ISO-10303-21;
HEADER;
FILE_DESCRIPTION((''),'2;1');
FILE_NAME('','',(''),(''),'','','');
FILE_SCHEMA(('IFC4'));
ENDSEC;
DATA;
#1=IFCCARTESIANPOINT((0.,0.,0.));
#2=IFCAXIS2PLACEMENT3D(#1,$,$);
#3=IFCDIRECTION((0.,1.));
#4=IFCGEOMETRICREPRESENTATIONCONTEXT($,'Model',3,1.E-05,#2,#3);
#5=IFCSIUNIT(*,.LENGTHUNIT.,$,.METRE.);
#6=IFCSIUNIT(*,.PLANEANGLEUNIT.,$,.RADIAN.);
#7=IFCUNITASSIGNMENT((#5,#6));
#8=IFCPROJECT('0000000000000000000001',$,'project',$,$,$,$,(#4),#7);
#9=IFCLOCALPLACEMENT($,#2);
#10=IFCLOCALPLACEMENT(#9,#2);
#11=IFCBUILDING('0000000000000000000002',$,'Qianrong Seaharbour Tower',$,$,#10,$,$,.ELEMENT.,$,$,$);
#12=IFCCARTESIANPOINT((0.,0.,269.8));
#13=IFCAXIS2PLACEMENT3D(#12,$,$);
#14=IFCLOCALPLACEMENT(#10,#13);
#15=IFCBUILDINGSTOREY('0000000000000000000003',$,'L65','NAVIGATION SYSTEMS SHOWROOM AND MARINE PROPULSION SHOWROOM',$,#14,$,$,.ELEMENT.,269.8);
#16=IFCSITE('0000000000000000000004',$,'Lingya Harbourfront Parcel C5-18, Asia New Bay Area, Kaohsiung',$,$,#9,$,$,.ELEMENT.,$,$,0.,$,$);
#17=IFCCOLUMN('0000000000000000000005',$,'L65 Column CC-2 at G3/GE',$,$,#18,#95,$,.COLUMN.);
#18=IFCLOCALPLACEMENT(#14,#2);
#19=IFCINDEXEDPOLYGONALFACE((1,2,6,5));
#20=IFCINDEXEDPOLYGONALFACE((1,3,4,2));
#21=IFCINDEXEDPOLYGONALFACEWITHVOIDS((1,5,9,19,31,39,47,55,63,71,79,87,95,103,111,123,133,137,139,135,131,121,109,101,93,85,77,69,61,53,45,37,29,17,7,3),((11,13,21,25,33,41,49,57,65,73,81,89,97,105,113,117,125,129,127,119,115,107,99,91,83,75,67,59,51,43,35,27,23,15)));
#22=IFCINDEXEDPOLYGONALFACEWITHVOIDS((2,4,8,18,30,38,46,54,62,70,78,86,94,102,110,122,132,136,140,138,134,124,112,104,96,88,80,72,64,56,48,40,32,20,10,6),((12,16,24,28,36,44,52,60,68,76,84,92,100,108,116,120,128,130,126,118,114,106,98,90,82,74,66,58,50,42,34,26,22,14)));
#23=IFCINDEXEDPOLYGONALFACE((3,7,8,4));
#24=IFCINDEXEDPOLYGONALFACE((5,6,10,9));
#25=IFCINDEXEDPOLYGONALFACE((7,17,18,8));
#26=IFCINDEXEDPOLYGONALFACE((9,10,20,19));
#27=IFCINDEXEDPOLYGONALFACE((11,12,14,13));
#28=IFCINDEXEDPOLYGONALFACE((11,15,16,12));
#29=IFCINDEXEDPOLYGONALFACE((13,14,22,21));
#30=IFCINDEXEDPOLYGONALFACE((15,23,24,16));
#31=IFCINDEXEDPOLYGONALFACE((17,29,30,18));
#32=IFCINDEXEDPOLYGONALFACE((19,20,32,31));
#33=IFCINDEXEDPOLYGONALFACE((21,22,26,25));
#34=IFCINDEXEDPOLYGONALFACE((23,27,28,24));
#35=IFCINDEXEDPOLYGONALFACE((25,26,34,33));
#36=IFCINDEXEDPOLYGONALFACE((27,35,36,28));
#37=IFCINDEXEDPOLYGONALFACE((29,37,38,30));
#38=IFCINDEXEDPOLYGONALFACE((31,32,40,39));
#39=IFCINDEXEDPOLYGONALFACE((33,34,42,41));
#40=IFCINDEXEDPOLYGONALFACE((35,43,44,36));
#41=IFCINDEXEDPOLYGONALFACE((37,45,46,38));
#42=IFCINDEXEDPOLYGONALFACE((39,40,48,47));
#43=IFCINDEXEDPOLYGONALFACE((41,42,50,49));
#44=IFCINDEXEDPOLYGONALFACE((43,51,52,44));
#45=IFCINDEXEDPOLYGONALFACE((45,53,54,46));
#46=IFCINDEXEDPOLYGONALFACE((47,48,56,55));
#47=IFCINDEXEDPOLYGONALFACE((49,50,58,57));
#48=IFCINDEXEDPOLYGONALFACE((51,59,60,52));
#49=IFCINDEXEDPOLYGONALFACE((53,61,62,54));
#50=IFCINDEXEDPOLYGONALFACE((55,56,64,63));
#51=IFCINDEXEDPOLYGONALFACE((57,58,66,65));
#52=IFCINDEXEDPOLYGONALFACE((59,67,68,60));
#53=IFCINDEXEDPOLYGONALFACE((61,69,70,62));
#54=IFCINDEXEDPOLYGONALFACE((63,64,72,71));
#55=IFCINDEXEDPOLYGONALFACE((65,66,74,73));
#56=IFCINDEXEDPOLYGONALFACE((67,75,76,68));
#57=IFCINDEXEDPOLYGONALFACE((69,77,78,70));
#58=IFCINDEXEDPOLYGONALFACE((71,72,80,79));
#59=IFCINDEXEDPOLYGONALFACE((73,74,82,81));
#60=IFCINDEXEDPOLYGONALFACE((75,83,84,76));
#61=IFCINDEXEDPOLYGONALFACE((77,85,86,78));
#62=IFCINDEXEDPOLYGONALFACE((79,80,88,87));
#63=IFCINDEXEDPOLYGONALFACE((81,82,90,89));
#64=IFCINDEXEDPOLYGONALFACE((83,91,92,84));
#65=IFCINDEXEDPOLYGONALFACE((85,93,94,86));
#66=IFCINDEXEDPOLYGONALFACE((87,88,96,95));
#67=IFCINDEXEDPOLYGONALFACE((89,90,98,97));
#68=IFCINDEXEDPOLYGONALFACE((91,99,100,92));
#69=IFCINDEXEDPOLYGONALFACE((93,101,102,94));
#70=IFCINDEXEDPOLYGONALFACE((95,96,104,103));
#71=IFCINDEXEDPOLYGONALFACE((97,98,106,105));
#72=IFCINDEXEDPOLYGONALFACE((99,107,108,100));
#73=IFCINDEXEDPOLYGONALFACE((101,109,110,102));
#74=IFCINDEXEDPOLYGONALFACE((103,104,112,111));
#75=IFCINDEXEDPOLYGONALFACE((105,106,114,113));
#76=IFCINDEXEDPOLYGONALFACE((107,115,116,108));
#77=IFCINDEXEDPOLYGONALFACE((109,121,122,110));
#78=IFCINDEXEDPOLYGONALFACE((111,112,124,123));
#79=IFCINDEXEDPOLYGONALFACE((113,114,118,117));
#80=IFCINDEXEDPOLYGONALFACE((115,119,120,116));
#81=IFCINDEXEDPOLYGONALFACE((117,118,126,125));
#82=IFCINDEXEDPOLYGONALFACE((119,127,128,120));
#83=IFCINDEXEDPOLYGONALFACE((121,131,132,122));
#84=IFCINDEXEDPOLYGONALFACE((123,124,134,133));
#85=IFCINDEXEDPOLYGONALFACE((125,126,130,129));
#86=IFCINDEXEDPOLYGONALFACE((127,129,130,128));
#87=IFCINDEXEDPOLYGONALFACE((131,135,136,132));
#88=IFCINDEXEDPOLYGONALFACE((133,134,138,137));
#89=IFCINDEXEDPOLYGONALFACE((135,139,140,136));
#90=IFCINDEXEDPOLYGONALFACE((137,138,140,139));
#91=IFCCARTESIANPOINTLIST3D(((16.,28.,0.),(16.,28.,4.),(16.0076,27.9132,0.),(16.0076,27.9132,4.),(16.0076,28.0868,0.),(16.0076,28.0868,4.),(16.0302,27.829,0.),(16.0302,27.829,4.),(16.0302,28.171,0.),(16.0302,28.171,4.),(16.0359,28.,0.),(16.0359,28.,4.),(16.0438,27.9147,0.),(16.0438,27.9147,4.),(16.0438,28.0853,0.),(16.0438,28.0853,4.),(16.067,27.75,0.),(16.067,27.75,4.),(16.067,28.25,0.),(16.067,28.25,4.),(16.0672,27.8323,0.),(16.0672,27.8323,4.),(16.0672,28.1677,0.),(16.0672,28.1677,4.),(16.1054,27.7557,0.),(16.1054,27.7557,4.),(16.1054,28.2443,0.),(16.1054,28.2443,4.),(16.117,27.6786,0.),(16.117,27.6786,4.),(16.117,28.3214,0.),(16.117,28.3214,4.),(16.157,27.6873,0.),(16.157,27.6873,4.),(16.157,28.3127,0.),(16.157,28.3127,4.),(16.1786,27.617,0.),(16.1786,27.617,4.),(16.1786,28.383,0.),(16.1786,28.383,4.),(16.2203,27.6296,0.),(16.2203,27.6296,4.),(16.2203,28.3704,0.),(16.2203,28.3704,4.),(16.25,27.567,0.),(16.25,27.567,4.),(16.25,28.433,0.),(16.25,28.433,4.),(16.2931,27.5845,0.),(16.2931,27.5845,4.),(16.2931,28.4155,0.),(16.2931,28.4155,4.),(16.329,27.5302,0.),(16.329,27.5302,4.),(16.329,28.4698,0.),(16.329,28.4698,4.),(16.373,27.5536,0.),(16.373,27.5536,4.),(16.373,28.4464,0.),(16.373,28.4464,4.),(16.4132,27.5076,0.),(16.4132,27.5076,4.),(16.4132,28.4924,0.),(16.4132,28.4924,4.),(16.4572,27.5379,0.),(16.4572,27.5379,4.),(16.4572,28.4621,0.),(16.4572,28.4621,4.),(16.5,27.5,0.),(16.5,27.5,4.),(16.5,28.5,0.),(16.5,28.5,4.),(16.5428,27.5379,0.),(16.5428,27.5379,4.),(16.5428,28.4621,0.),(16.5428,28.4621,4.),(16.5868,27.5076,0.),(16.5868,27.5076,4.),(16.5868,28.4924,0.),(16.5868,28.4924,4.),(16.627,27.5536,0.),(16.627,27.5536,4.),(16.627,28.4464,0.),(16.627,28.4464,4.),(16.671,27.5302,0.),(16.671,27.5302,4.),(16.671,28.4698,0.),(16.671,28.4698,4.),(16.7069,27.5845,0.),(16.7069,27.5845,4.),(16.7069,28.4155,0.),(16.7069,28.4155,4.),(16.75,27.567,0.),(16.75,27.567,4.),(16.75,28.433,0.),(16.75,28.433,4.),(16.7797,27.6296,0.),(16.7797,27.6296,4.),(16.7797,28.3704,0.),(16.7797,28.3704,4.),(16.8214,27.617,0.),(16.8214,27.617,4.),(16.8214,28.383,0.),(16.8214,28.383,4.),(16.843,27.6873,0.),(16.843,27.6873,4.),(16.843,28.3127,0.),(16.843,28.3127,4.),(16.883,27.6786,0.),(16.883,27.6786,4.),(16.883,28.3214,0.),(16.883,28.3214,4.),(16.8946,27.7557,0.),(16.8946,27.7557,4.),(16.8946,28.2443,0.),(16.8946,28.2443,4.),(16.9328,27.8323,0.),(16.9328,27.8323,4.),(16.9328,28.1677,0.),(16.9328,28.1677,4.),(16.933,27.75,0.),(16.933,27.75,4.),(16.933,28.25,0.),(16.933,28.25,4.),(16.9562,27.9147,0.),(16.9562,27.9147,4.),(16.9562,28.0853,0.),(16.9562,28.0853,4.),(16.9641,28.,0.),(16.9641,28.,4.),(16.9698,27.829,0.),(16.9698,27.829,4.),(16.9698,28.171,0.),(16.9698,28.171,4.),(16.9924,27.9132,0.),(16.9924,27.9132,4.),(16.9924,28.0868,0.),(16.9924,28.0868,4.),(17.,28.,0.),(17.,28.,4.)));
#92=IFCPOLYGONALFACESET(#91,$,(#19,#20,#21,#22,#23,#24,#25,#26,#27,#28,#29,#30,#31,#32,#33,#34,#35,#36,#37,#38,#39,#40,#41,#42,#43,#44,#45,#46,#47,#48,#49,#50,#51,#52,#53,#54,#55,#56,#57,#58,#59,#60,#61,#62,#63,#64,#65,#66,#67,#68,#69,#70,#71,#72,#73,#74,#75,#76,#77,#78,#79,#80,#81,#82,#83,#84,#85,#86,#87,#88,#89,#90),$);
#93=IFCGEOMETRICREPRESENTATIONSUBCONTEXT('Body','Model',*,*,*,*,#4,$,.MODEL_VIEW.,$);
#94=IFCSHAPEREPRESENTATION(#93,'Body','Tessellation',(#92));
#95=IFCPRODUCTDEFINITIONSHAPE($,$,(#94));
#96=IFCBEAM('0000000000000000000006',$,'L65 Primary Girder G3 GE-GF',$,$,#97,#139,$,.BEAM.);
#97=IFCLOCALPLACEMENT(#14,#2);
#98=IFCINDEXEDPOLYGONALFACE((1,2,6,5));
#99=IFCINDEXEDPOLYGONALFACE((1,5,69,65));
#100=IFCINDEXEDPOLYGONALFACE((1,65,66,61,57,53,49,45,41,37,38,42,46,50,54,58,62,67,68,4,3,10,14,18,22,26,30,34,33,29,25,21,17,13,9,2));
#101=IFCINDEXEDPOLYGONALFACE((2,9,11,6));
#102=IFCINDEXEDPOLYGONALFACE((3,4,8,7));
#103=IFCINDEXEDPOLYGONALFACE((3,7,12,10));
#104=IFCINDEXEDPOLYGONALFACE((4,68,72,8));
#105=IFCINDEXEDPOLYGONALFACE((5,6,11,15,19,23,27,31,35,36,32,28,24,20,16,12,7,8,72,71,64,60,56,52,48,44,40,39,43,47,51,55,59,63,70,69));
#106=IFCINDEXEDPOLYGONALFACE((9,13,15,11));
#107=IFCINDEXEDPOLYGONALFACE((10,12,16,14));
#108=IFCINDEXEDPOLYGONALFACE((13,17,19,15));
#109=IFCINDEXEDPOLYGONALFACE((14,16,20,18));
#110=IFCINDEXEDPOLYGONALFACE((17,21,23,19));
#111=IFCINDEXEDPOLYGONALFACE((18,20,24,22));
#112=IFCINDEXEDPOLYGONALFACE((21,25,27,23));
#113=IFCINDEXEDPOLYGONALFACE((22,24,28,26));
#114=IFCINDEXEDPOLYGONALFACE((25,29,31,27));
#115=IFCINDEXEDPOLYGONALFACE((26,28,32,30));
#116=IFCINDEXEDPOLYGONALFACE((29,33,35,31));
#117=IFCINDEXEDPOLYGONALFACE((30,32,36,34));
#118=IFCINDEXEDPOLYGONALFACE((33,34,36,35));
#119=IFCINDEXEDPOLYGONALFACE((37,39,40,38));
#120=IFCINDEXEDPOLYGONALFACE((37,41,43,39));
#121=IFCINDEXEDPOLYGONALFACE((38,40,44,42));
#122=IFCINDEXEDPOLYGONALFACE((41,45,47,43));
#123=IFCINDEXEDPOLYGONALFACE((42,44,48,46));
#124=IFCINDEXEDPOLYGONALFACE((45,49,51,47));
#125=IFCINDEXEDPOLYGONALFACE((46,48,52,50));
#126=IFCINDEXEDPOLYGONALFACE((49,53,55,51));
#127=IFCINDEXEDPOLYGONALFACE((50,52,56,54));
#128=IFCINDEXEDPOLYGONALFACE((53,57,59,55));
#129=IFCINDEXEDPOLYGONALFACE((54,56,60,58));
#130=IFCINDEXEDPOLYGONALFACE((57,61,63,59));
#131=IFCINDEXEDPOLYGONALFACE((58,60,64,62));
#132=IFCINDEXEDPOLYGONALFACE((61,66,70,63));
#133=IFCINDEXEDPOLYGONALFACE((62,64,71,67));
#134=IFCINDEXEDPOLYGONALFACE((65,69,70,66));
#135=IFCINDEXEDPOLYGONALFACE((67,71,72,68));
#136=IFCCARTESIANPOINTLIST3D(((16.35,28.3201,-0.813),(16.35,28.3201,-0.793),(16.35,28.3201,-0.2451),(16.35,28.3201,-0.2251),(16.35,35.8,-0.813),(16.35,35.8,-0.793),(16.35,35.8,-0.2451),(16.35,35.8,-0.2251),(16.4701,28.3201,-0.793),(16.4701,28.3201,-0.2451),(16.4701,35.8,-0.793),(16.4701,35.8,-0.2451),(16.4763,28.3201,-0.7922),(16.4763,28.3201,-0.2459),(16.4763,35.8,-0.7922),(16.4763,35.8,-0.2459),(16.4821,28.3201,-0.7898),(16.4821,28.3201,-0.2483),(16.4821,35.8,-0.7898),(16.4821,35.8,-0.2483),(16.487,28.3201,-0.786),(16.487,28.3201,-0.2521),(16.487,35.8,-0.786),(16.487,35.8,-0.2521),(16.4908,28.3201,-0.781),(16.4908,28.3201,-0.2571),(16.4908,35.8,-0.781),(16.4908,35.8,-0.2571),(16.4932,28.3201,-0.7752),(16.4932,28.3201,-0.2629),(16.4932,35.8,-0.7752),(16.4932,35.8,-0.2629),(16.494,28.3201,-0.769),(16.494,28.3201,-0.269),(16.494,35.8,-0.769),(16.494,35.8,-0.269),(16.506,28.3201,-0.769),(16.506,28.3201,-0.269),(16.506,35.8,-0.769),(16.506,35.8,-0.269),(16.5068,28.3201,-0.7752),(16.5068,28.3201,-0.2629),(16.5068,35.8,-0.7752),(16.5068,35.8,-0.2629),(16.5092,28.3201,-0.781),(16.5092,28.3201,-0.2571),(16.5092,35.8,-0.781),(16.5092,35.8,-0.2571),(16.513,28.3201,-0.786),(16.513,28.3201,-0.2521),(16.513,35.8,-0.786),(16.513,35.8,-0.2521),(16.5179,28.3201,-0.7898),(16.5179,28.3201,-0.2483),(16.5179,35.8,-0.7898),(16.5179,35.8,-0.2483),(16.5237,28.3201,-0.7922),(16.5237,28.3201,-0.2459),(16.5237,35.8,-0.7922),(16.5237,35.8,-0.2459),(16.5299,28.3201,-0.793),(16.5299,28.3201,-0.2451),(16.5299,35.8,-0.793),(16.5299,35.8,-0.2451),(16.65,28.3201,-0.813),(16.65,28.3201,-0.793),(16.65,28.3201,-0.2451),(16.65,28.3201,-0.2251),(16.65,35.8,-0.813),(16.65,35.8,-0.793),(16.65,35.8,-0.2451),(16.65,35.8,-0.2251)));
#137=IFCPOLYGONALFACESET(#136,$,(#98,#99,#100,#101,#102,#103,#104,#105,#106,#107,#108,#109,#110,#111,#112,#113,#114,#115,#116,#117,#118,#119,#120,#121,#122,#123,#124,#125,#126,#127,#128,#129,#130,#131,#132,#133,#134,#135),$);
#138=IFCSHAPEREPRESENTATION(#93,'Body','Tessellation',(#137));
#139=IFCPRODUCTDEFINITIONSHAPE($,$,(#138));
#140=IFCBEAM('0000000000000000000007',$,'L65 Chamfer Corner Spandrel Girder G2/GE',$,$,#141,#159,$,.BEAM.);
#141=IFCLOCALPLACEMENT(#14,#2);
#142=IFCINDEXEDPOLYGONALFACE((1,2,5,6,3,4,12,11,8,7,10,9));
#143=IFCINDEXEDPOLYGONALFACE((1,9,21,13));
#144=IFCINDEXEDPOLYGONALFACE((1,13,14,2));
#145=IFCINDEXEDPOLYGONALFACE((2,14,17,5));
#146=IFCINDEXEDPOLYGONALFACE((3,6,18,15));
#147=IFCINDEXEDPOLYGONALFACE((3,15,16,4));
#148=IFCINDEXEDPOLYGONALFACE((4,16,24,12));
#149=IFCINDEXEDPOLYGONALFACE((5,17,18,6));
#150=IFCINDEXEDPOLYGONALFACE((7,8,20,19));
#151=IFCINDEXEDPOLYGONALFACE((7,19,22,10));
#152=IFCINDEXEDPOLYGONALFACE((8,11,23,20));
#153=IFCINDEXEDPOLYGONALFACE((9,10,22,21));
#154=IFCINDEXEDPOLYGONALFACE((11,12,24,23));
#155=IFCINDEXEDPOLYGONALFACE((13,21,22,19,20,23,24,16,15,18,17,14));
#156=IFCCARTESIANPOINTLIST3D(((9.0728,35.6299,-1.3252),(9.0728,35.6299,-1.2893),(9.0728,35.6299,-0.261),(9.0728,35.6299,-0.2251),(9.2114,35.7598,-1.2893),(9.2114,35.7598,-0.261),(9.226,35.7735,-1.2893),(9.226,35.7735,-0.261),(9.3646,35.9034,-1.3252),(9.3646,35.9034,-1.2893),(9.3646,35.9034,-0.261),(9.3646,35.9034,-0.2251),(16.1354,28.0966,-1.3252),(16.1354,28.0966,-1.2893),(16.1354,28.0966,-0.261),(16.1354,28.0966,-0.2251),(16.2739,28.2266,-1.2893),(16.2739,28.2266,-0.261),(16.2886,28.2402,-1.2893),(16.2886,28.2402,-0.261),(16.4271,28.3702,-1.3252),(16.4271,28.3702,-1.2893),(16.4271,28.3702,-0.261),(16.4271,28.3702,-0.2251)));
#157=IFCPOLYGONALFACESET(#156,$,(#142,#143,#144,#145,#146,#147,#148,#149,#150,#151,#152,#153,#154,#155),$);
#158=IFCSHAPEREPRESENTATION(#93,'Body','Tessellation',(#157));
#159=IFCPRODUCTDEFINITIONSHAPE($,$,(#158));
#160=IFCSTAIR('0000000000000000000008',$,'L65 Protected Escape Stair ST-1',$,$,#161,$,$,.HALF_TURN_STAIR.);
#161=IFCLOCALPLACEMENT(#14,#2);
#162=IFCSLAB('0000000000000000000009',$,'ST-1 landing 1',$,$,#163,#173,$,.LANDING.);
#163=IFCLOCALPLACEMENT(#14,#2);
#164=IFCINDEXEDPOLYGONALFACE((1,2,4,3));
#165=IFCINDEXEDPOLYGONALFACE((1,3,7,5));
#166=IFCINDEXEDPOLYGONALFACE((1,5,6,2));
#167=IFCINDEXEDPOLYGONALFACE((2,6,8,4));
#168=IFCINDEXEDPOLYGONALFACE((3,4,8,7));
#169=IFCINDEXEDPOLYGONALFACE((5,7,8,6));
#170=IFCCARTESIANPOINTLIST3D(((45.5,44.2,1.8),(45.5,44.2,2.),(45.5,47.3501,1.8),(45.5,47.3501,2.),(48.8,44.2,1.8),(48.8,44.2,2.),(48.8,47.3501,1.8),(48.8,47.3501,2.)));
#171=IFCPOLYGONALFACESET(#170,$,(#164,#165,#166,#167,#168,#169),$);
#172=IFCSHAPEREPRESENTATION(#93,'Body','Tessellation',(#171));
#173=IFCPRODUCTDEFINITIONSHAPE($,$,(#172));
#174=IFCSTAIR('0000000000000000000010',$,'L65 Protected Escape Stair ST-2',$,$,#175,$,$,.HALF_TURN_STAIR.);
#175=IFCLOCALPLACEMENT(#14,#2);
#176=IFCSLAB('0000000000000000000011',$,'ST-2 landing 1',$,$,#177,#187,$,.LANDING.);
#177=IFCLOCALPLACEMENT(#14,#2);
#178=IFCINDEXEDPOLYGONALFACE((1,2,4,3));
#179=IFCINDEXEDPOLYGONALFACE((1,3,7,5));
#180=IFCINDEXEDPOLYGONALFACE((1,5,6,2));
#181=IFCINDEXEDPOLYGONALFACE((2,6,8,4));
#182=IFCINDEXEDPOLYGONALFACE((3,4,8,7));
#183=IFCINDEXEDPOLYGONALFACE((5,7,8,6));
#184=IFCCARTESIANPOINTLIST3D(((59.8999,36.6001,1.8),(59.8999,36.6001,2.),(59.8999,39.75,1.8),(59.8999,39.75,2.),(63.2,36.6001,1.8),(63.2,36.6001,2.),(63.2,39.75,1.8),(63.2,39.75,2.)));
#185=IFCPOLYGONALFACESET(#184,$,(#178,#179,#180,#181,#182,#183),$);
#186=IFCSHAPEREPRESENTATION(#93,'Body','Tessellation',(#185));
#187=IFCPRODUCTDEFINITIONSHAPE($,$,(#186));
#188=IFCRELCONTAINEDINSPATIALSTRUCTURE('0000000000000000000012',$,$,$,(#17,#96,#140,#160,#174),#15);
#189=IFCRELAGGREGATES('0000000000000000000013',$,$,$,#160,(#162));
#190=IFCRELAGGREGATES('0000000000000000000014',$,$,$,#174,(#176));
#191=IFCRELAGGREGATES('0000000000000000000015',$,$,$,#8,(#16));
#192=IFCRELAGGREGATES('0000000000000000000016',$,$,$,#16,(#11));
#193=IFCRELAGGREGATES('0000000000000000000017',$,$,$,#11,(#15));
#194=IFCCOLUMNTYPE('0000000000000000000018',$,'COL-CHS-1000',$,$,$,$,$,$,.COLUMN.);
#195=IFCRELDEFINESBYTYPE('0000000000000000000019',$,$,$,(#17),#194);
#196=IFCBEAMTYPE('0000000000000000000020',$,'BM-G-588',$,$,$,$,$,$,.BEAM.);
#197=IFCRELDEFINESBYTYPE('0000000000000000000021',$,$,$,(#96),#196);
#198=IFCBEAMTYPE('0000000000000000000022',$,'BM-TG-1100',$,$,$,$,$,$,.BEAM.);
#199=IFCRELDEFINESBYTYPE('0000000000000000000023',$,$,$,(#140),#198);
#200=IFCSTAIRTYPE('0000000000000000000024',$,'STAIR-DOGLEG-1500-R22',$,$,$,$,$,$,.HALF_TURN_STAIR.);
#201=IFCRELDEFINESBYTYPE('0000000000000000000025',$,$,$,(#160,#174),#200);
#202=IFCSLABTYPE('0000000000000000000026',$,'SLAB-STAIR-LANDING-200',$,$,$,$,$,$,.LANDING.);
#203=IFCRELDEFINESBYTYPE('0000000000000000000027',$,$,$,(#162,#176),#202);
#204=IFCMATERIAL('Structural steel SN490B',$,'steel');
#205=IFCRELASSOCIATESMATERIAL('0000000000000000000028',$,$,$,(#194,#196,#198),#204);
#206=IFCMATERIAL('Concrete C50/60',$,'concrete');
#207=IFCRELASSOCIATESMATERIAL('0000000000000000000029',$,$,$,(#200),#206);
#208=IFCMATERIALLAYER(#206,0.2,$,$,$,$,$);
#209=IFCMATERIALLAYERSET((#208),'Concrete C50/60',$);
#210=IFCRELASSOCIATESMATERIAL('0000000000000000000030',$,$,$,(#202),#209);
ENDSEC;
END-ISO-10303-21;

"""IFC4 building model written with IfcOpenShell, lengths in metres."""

from ifc_helpers import new_model, si_unit, direction, frame, origin, origin_2d, place, context, subcontext, project, spatial, polyline, hollow_circle, i_section, outline, extrude, material, layer, layer_set, material_profile, profile_set, type_object, element, aggregate, save


model = new_model("IFC4")

# Units and contexts
model_context = context("Model", 3, precision=1e-05, world=origin(), true_north=direction((0.0, 1.0)))
body_context = subcontext(model_context, "Body", "Model", "MODEL_VIEW")
ifc_project = project(units=[si_unit("LENGTHUNIT", "METRE"), si_unit("PLANEANGLEUNIT", "RADIAN")], contexts=[model_context])

# Site, building, storey
site_placement = place(None, origin())
site = spatial("IfcSite", under=ifc_project, at=site_placement, Name="Lingya Harbourfront Parcel C5-18, Asia New Bay Area, Kaohsiung", CompositionType="ELEMENT", RefElevation=0.0)
building_placement = place(site_placement, origin())
building = spatial("IfcBuilding", under=site, at=building_placement, Name="Qianrong Seaharbour Tower", CompositionType="ELEMENT")
storey_placement = place(building_placement, frame((0.0, 0.0, 269.8)))
storey = spatial("IfcBuildingStorey", under=building, at=storey_placement, Name="L65", Description="NAVIGATION SYSTEMS SHOWROOM AND MARINE PROPULSION SHOWROOM", CompositionType="ELEMENT", Elevation=269.8)

# Column
ifc_material_1 = material(Name="Structural steel SN490B", Category="steel")
ifc_material_profile_1 = material_profile(ifc_material_1, hollow_circle(Radius=0.5, WallThickness=0.0359, at=origin_2d()), Name="CHS1000x36")
ifc_profile_set_1 = profile_set([ifc_material_profile_1], Name="Structural steel SN490B")
column_type = type_object("IfcColumnType", Name="COL-CHS-1000", PredefinedType="COLUMN", material=ifc_profile_set_1)
column_placement = place(storey_placement, frame((16.5, 28.0, 0.0), z_axis=(0.0, 0.0, 1.0), x_axis=(1.0, 0.0, 0.0)))
element("IfcColumn", 1, at=column_placement, inside=storey, type_object=column_type, Name="L65 Column CC-2 at G3/GE", PredefinedType="COLUMN", context=body_context, shape_type="SweptSolid", body=[
    extrude(hollow_circle(Radius=0.5, WallThickness=0.0359, at=origin_2d()), origin(), (0.0, 0.0, 1.0), 4.0),
])

# Beams
ifc_material_profile_2 = material_profile(ifc_material_1, i_section(OverallWidth=0.3, OverallDepth=0.5879, WebThickness=0.012, FlangeThickness=0.02, FilletRadius=0.0239, at=origin_2d()), Name="H588x300x12x20")
ifc_profile_set_2 = profile_set([ifc_material_profile_2], Name="Structural steel SN490B")
beam_type_1 = type_object("IfcBeamType", Name="BM-G-588", PredefinedType="BEAM", material=ifc_profile_set_2)
beam_1_placement = place(storey_placement, frame((16.5, 28.3201, -0.519), z_axis=(0.0, 1.0, 0.0), x_axis=(-1.0, 0.0, 0.0)))
element("IfcBeam", 2, at=beam_1_placement, inside=storey, type_object=beam_type_1, Name="L65 Primary Girder G3 GE-GF", PredefinedType="BEAM", context=body_context, shape_type="SweptSolid", body=[
    extrude(i_section(OverallWidth=0.3, OverallDepth=0.5879, WebThickness=0.012, FlangeThickness=0.02, FilletRadius=0.0239, at=origin_2d()), origin(), (0.0, 0.0, 1.0), 7.48),
])
ifc_material_profile_3 = material_profile(ifc_material_1, i_section(OverallWidth=0.3999, OverallDepth=1.1001, WebThickness=0.02, FlangeThickness=0.0359, at=origin_2d()), Name="BH1100x400x20x36")
ifc_profile_set_3 = profile_set([ifc_material_profile_3], Name="Structural steel SN490B")
beam_type_2 = type_object("IfcBeamType", Name="BM-TG-1100", PredefinedType="BEAM", material=ifc_profile_set_3)
beam_2_placement = place(storey_placement, frame((16.2812, 28.2334, -0.7751), z_axis=(-0.683947, 0.729531, 0.0), x_axis=(-0.729531, -0.683947, 0.0)))
element("IfcBeam", 3, at=beam_2_placement, inside=storey, type_object=beam_type_2, Name="L65 Chamfer Corner Spandrel Girder G2/GE", PredefinedType="BEAM", context=body_context, shape_type="SweptSolid", body=[
    extrude(i_section(OverallWidth=0.3999, OverallDepth=1.1001, WebThickness=0.02, FlangeThickness=0.0359, at=origin_2d()), origin(), (0.0, 0.0, 1.0), 10.3262),
])

# Stairs, slabs
ifc_material_2 = material(Name="Concrete C50/60", Category="concrete")
stair_type = type_object("IfcStairType", Name="STAIR-DOGLEG-1500-R22", PredefinedType="HALF_TURN_STAIR", material=ifc_material_2)
stair_1_placement = place(storey_placement, origin())
stair_1 = element("IfcStair", 4, at=stair_1_placement, inside=storey, type_object=stair_type, Name="L65 Protected Escape Stair ST-1", PredefinedType="HALF_TURN_STAIR")
ifc_layer_1 = layer(ifc_material_2, 0.2)
ifc_layer_set_1 = layer_set([ifc_layer_1], Name="Concrete C50/60")
slab_type_1 = type_object("IfcSlabType", Name="SLAB-STAIR-LANDING-200", PredefinedType="LANDING", material=ifc_layer_set_1)
slab_1_placement = place(storey_placement, frame((0.0, 0.0, 1.8)))
slab_1 = element("IfcSlab", 5, at=slab_1_placement, type_object=slab_type_1, Name="ST-1 landing 1", PredefinedType="LANDING", context=body_context, shape_type="SweptSolid", body=[
    extrude(outline(polyline([(45.5, 44.2), (48.8, 44.2), (48.8, 47.3501), (45.5, 47.3501), (45.5, 44.2)])), origin(), (0.0, 0.0, 1.0), 0.2),
])
aggregate(stair_1, [slab_1])
stair_2_placement = place(storey_placement, origin())
stair_2 = element("IfcStair", 6, at=stair_2_placement, inside=storey, type_object=stair_type, Name="L65 Protected Escape Stair ST-2", PredefinedType="HALF_TURN_STAIR")
slab_2_placement = place(storey_placement, frame((0.0, 0.0, 1.8)))
slab_2 = element("IfcSlab", 7, at=slab_2_placement, type_object=slab_type_1, Name="ST-2 landing 1", PredefinedType="LANDING", context=body_context, shape_type="SweptSolid", body=[
    extrude(outline(polyline([(59.8999, 36.6001), (63.2, 36.6001), (63.2, 39.75), (59.8999, 39.75), (59.8999, 36.6001)])), origin(), (0.0, 0.0, 1.0), 0.2),
])
aggregate(stair_2, [slab_2])

save(model, "model.ifc")
